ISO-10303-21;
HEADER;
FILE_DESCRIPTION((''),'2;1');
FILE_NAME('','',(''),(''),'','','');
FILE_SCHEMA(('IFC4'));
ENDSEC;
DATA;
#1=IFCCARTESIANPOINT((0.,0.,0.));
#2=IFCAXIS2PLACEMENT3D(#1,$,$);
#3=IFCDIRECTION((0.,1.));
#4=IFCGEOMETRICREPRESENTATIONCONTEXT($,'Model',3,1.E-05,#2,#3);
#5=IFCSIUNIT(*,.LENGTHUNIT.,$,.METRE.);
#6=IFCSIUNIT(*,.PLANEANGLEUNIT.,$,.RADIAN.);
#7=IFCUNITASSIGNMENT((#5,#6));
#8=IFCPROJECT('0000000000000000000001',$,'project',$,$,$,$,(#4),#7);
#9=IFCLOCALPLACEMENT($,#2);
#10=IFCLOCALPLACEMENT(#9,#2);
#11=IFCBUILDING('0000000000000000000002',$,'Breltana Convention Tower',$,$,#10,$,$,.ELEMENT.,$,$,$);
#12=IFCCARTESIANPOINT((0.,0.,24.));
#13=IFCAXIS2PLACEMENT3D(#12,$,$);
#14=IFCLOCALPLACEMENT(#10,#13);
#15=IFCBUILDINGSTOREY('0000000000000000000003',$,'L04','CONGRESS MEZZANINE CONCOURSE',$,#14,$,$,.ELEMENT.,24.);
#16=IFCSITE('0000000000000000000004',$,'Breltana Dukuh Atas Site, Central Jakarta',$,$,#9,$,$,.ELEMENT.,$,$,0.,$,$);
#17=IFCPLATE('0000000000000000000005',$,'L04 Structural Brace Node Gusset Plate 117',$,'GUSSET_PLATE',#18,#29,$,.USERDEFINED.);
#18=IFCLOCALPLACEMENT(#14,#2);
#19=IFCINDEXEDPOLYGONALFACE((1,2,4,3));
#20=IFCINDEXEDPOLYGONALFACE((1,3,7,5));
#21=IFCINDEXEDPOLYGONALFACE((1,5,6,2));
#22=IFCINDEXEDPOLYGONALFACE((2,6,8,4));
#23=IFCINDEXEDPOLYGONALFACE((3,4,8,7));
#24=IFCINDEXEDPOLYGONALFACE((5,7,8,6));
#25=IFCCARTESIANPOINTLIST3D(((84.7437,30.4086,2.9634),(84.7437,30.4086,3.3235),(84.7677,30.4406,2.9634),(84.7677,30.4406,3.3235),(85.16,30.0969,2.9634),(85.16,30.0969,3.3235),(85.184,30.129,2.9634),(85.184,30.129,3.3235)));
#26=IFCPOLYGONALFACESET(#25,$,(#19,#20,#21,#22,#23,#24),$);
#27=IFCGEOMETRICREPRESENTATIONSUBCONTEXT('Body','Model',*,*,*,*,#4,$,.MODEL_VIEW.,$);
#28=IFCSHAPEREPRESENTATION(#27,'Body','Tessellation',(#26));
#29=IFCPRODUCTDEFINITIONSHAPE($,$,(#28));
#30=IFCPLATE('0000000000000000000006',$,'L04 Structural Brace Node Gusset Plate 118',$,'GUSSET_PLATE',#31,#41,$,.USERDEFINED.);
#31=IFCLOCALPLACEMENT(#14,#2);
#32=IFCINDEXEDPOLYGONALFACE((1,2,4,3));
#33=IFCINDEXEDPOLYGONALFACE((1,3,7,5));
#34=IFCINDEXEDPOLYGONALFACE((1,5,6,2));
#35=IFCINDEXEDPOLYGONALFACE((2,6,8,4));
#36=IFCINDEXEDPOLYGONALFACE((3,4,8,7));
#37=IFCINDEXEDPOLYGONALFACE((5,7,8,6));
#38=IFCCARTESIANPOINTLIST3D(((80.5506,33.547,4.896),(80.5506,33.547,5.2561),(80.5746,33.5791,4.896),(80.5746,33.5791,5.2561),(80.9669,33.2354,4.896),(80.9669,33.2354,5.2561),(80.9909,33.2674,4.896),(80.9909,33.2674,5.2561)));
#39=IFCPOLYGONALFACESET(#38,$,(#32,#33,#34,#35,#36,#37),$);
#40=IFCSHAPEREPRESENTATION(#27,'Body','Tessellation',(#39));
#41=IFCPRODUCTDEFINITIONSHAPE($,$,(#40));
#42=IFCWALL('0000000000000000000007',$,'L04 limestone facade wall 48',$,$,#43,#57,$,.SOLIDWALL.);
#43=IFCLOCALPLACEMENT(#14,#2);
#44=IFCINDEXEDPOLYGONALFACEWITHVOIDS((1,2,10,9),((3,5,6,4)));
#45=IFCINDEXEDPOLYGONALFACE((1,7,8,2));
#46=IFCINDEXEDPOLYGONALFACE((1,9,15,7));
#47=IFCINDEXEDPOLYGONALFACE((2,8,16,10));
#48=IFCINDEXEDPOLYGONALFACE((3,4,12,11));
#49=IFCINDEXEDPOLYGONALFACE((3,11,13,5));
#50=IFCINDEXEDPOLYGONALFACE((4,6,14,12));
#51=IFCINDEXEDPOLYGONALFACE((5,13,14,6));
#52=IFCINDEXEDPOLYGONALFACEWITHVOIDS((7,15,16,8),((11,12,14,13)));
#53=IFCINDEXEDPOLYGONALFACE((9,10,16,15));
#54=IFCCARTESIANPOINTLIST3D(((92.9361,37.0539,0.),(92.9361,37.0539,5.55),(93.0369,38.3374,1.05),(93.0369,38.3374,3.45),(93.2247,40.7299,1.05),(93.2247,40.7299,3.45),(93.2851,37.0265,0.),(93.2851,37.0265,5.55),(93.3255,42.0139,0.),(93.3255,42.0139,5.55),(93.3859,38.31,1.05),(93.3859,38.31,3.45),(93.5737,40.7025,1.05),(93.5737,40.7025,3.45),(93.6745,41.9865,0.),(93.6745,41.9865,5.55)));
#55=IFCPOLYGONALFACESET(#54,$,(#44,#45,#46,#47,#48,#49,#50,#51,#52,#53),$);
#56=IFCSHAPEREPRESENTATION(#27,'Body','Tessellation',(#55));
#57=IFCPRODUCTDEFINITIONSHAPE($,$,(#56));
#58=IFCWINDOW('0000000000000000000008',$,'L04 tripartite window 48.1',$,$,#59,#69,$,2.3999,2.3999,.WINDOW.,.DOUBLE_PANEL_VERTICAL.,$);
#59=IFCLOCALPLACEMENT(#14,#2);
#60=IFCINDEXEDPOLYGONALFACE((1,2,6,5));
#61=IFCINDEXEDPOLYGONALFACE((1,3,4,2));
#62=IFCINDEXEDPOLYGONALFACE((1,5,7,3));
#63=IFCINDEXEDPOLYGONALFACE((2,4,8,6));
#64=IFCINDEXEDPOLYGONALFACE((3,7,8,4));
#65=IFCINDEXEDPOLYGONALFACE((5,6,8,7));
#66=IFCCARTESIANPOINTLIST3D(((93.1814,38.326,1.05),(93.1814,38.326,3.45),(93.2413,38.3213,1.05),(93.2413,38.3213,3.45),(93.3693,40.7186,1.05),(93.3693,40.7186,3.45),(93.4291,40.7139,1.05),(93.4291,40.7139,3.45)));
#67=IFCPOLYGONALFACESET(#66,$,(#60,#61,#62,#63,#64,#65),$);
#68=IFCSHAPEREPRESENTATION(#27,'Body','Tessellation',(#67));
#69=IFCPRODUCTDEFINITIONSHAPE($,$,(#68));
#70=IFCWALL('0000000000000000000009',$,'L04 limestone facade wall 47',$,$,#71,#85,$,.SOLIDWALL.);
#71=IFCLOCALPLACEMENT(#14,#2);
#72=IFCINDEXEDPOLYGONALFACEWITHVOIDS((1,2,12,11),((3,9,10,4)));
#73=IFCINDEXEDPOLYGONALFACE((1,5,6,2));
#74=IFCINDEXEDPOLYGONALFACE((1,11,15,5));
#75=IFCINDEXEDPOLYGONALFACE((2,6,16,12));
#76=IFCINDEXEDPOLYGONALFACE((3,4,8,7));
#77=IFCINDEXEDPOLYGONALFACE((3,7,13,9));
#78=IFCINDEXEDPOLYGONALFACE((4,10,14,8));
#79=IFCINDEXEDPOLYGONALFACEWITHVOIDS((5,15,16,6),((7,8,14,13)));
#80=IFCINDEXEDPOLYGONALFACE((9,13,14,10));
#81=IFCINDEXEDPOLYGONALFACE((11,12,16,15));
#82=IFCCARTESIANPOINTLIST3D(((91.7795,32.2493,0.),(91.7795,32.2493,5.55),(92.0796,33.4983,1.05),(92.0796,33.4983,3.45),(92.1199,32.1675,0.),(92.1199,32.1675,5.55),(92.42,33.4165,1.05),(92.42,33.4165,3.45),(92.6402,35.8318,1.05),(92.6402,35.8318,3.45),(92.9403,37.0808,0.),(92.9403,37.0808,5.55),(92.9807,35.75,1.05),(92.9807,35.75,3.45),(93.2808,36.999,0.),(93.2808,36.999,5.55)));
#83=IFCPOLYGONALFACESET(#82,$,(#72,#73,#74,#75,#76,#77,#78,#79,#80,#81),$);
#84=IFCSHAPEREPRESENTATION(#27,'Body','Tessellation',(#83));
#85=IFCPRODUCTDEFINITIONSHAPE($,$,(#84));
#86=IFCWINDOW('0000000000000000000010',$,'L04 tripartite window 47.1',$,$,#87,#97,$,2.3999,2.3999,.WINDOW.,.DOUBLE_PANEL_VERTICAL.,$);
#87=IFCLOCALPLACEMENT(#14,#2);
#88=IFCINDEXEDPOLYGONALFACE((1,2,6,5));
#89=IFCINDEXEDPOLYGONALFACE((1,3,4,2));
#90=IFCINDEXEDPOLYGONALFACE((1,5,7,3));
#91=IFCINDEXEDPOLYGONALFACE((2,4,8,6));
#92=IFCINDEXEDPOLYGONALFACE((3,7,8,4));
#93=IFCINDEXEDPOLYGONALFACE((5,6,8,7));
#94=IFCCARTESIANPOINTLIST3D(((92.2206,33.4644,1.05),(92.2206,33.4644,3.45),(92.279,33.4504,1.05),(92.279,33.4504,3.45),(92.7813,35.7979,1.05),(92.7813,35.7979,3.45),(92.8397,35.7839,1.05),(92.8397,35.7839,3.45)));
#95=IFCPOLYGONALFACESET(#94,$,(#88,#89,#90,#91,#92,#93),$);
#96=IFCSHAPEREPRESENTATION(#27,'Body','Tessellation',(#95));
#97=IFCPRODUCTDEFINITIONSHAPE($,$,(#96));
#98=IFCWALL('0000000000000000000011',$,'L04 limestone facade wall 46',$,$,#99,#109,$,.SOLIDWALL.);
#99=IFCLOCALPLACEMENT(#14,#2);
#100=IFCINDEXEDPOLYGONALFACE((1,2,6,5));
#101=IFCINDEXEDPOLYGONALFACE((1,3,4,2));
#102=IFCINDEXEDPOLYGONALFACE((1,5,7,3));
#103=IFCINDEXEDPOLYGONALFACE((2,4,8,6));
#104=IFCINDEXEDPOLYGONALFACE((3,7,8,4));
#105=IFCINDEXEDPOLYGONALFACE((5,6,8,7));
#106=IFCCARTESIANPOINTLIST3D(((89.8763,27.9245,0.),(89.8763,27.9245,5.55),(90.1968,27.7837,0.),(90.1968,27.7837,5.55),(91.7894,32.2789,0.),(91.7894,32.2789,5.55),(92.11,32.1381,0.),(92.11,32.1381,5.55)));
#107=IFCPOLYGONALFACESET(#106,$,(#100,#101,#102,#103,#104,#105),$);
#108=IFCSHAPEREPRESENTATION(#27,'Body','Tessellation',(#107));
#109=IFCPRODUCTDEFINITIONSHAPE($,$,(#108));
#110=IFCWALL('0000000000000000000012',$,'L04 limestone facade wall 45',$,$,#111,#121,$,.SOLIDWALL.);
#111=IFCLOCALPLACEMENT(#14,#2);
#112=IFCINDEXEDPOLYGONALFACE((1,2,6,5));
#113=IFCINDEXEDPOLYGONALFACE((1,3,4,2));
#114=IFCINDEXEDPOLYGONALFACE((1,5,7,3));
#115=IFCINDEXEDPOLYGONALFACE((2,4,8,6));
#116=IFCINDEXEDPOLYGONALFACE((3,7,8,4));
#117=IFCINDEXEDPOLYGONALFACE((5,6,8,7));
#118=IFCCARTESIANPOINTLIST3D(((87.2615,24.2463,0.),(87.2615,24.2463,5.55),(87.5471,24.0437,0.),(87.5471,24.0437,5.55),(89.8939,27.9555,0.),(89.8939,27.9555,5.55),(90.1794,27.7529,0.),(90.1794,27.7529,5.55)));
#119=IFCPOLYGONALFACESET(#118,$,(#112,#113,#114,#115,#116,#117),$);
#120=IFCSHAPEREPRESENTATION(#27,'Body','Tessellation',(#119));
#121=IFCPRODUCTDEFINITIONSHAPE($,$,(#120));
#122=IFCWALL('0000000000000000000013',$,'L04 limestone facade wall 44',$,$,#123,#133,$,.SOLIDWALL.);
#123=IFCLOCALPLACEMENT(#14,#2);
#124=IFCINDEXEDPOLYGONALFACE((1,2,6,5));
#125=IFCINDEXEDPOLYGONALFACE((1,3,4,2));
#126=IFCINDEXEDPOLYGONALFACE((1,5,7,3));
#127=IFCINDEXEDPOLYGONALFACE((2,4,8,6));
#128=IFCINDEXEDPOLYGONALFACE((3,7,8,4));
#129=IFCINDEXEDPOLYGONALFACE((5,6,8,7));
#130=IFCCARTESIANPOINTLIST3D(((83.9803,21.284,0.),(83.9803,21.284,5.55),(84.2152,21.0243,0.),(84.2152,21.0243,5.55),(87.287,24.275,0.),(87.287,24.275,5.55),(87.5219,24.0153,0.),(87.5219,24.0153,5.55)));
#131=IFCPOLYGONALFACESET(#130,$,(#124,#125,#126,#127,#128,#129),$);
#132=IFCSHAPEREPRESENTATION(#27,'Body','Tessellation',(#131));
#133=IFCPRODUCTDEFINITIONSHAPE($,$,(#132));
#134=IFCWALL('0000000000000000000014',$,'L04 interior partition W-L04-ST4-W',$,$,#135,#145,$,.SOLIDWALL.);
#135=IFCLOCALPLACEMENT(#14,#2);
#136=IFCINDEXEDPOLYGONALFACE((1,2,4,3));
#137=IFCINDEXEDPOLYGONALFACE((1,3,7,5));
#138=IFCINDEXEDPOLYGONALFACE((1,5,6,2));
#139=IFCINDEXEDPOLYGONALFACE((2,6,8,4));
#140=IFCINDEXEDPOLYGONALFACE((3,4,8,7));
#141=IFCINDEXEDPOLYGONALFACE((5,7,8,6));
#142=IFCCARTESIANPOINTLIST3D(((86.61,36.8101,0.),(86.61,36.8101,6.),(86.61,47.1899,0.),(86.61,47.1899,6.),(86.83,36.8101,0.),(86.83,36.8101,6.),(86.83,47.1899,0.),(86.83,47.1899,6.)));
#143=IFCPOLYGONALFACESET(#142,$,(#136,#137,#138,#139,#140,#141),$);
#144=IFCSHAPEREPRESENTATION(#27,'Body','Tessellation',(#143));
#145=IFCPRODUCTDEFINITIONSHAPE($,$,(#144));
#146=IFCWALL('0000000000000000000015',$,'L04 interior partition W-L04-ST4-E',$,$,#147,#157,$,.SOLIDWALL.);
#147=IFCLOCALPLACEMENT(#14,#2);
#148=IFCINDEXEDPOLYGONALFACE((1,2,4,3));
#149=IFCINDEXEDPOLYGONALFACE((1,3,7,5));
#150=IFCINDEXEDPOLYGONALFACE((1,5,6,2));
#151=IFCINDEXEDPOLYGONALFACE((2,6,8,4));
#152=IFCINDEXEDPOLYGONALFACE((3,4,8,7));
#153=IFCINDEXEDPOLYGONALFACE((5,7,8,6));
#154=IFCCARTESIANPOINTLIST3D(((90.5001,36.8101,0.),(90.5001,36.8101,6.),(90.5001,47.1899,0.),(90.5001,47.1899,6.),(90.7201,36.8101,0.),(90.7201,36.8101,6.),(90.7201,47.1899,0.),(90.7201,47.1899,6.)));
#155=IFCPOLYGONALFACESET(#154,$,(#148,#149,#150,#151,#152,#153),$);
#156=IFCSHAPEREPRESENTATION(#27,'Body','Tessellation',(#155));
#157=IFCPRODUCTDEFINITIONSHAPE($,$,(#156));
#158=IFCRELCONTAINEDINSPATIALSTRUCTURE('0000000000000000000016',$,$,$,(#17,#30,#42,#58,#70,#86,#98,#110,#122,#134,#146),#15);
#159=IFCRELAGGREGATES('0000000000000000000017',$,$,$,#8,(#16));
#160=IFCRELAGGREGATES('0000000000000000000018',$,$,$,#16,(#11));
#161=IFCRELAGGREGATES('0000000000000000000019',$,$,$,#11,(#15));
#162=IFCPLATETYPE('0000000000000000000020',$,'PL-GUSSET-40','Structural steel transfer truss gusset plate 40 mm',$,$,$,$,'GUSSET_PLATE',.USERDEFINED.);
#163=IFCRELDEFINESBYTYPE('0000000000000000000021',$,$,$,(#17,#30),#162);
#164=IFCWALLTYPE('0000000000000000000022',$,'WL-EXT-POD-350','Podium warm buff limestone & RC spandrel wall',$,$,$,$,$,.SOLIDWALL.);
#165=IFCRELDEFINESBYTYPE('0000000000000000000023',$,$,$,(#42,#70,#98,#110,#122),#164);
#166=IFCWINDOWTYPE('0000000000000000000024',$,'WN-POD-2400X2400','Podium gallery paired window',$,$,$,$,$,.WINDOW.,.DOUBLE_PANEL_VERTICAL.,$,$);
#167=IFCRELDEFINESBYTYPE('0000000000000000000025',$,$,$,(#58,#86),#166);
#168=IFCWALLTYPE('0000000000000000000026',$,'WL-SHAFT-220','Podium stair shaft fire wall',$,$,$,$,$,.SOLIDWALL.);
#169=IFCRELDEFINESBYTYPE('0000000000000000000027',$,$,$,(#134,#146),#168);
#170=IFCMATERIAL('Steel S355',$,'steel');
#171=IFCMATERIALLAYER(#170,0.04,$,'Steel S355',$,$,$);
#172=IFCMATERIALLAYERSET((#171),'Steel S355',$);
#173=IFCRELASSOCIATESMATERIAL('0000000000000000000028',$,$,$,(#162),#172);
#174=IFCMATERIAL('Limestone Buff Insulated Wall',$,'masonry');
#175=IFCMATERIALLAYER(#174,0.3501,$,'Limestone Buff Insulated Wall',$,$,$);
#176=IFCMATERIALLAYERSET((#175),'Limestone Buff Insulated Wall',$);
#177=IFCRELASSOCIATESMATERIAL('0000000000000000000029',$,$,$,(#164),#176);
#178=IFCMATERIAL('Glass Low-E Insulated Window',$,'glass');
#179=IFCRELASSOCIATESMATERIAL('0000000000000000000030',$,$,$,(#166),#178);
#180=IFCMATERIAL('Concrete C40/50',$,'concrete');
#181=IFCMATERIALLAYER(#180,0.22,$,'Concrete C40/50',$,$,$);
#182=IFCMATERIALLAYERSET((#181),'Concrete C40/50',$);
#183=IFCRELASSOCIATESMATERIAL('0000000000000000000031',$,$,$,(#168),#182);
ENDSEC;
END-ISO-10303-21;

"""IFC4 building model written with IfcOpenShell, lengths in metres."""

from ifc_helpers import new_model, si_unit, direction, frame, frame_2d, origin, origin_2d, place, context, subcontext, project, spatial, rectangle, extrude, source, transform, mapped, material, layer, layer_set, type_object, type_shapes, element, fill, save


model = new_model("IFC4")

# Units and contexts
model_context = context("Model", 3, precision=1e-05, world=origin(), true_north=direction((0.0, 1.0)))
body_context = subcontext(model_context, "Body", "Model", "MODEL_VIEW")
ifc_project = project(units=[si_unit("LENGTHUNIT", "METRE"), si_unit("PLANEANGLEUNIT", "RADIAN")], contexts=[model_context])

# Site, building, storey
site_placement = place(None, origin())
site = spatial("IfcSite", under=ifc_project, at=site_placement, Name="Breltana Dukuh Atas Site, Central Jakarta", CompositionType="ELEMENT", RefElevation=0.0)
building_placement = place(site_placement, origin())
building = spatial("IfcBuilding", under=site, at=building_placement, Name="Breltana Convention Tower", CompositionType="ELEMENT")
storey_placement = place(building_placement, frame((0.0, 0.0, 24.0)))
storey = spatial("IfcBuildingStorey", under=building, at=storey_placement, Name="L04", Description="CONGRESS MEZZANINE CONCOURSE", CompositionType="ELEMENT", Elevation=24.0)

# Plates
ifc_material_1 = material(Name="Steel S355", Category="steel")
ifc_layer_1 = layer(ifc_material_1, 0.04, Name="Steel S355")
ifc_layer_set_1 = layer_set([ifc_layer_1], Name="Steel S355")
plate_type = type_object("IfcPlateType", Name="PL-GUSSET-40", Description="Structural steel transfer truss gusset plate 40 mm", ElementType="GUSSET_PLATE", PredefinedType="USERDEFINED", material=ifc_layer_set_1)
shared_shape_1 = source(origin(), body_context, "Body", "SweptSolid", [
    extrude(rectangle(XDim=0.52, YDim=0.04, at=origin_2d()), origin(), (0.0, 0.0, 1.0), 0.3601),
])
for number, where, z_axis, x_axis, name in (
    (1, (84.9639, 30.2688, 2.9634), (0.0, 0.0, 1.0), (-0.800522, 0.599303, 0.0), "L04 Structural Brace Node Gusset Plate 117"),
    (2, (80.7708, 33.4072, 4.896), (0.0, 0.0, 1.0), (-0.800522, 0.599303, 0.0), "L04 Structural Brace Node Gusset Plate 118"),
):
    element("IfcPlate", number, at=place(storey_placement, frame(where, z_axis=z_axis, x_axis=x_axis)), inside=storey, type_object=plate_type, Name=name, ObjectType="GUSSET_PLATE", PredefinedType="USERDEFINED", context=body_context, shape_type="MappedRepresentation", body=[
        mapped(shared_shape_1, transform((0.0, 0.0, 0.0), scale=1.0)),
    ])

# Walls, openings, windows
ifc_material_2 = material(Name="Limestone Buff Insulated Wall", Category="masonry")
ifc_layer_2 = layer(ifc_material_2, 0.3501, Name="Limestone Buff Insulated Wall")
ifc_layer_set_2 = layer_set([ifc_layer_2], Name="Limestone Buff Insulated Wall")
wall_type_1 = type_object("IfcWallType", Name="WL-EXT-POD-350", Description="Podium warm buff limestone & RC spandrel wall", PredefinedType="SOLIDWALL", material=ifc_layer_set_2)
shared_shape_2 = source(origin(), body_context, "Body", "SweptSolid", [
    extrude(rectangle(XDim=4.9753, YDim=0.3501, at=frame_2d((2.4878, 0.0))), origin(), (0.0, 0.0, 1.0), 5.55),
])
wall_1_placement = place(storey_placement, frame((93.1106, 37.04, 0.0), z_axis=(0.0, 0.0, 1.0), x_axis=(0.078269, 0.996932, 0.0)))
wall_1 = element("IfcWall", 3, at=wall_1_placement, inside=storey, type_object=wall_type_1, Name="L04 limestone facade wall 48", PredefinedType="SOLIDWALL", context=body_context, shape_type="MappedRepresentation", body=[
    mapped(shared_shape_2, transform((0.0, 0.0, 0.0), scale=1.0)),
])
opening_1_placement = place(wall_1_placement, frame((1.2876, 0.0, 1.05)))
opening_1 = element("IfcOpeningElement", 4, at=opening_1_placement, cuts=wall_1, PredefinedType="OPENING", context=body_context, shape_type="SweptSolid", body=[
    extrude(rectangle(XDim=2.3999, YDim=2.3999, at=frame_2d((1.2, 1.2))), frame((0.0, 0.1851, 0.0), z_axis=(0.0, -1.0, 0.0), x_axis=(1.0, 0.0, 0.0)), (0.0, 0.0, 1.0), 0.3701),
])
ifc_material_3 = material(Name="Glass Low-E Insulated Window", Category="glass")
window_type = type_object("IfcWindowType", Name="WN-POD-2400X2400", Description="Podium gallery paired window", PartitioningType="DOUBLE_PANEL_VERTICAL", PredefinedType="WINDOW", material=ifc_material_3)
shared_shape_3 = source(origin(), body_context, "Body", "SweptSolid", [
    extrude(rectangle(XDim=2.3999, YDim=2.3999, at=frame_2d((1.2, 1.2))), frame((0.0, 0.03, 0.0), z_axis=(0.0, -1.0, 0.0), x_axis=(1.0, 0.0, 0.0)), (0.0, 0.0, 1.0), 0.0601),
])
type_shapes(window_type, [shared_shape_3])
window_1_placement = place(opening_1_placement, origin())
window_1 = element("IfcWindow", 5, at=window_1_placement, inside=storey, type_object=window_type, Name="L04 tripartite window 48.1", OverallHeight=2.3999, OverallWidth=2.3999, PartitioningType="DOUBLE_PANEL_VERTICAL", PredefinedType="WINDOW", context=body_context, shape_type="MappedRepresentation", body=[
    mapped(shared_shape_3, transform((0.0, 0.0, 0.0), scale=1.0)),
])
fill(opening_1, window_1)
shared_shape_4 = source(origin(), body_context, "Body", "SweptSolid", [
    extrude(rectangle(XDim=4.969, YDim=0.3501, at=frame_2d((2.4844, 0.0))), origin(), (0.0, 0.0, 1.0), 5.55),
])
wall_2_placement = place(storey_placement, frame((91.9497, 32.2085, 0.0), z_axis=(0.0, 0.0, 1.0), x_axis=(0.233624, 0.972327, 0.0)))
wall_2 = element("IfcWall", 6, at=wall_2_placement, inside=storey, type_object=wall_type_1, Name="L04 limestone facade wall 47", PredefinedType="SOLIDWALL", context=body_context, shape_type="MappedRepresentation", body=[
    mapped(shared_shape_4, transform((0.0, 0.0, 0.0), scale=1.0)),
])
opening_2_placement = place(wall_2_placement, frame((1.2844, 0.0, 1.05)))
opening_2 = element("IfcOpeningElement", 7, at=opening_2_placement, cuts=wall_2, PredefinedType="OPENING", context=body_context, shape_type="SweptSolid", body=[
    extrude(rectangle(XDim=2.3999, YDim=2.3999, at=frame_2d((1.2, 1.2))), frame((0.0, 0.1851, 0.0), z_axis=(0.0, -1.0, 0.0), x_axis=(1.0, 0.0, 0.0)), (0.0, 0.0, 1.0), 0.3701),
])
window_2_placement = place(opening_2_placement, origin())
window_2 = element("IfcWindow", 8, at=window_2_placement, inside=storey, type_object=window_type, Name="L04 tripartite window 47.1", OverallHeight=2.3999, OverallWidth=2.3999, PartitioningType="DOUBLE_PANEL_VERTICAL", PredefinedType="WINDOW", context=body_context, shape_type="MappedRepresentation", body=[
    mapped(shared_shape_3, transform((0.0, 0.0, 0.0), scale=1.0)),
])
fill(opening_2, window_2)

# Walls
shared_shape_5 = source(origin(), body_context, "Body", "SweptSolid", [
    extrude(rectangle(XDim=4.7561, YDim=0.3501, at=frame_2d((2.3779, 0.0))), origin(), (0.0, 0.0, 1.0), 5.55),
])
wall_3_placement = place(storey_placement, frame((90.0366, 27.8542, 0.0), z_axis=(0.0, 0.0, 1.0), x_axis=(0.402248, 0.915531, 0.0)))
element("IfcWall", 9, at=wall_3_placement, inside=storey, type_object=wall_type_1, Name="L04 limestone facade wall 46", PredefinedType="SOLIDWALL", context=body_context, shape_type="MappedRepresentation", body=[
    mapped(shared_shape_5, transform((0.0, 0.0, 0.0), scale=1.0)),
])
shared_shape_6 = source(origin(), body_context, "Body", "SweptSolid", [
    extrude(rectangle(XDim=4.5483, YDim=0.3501, at=frame_2d((2.2742, 0.0))), origin(), (0.0, 0.0, 1.0), 5.55),
])
wall_4_placement = place(storey_placement, frame((87.4043, 24.145, 0.0), z_axis=(0.0, 0.0, 1.0), x_axis=(0.578742, 0.81551, 0.0)))
element("IfcWall", 10, at=wall_4_placement, inside=storey, type_object=wall_type_1, Name="L04 limestone facade wall 45", PredefinedType="SOLIDWALL", context=body_context, shape_type="MappedRepresentation", body=[
    mapped(shared_shape_6, transform((0.0, 0.0, 0.0), scale=1.0)),
])
shared_shape_7 = source(origin(), body_context, "Body", "SweptSolid", [
    extrude(rectangle(XDim=4.4587, YDim=0.3501, at=frame_2d((2.2295, 0.0))), origin(), (0.0, 0.0, 1.0), 5.55),
])
wall_5_placement = place(storey_placement, frame((84.0977, 21.1541, 0.0), z_axis=(0.0, 0.0, 1.0), x_axis=(0.74162, 0.67082, 0.0)))
element("IfcWall", 11, at=wall_5_placement, inside=storey, type_object=wall_type_1, Name="L04 limestone facade wall 44", PredefinedType="SOLIDWALL", context=body_context, shape_type="MappedRepresentation", body=[
    mapped(shared_shape_7, transform((0.0, 0.0, 0.0), scale=1.0)),
])

# Shared definitions
ifc_material_4 = material(Name="Concrete C40/50", Category="concrete")
ifc_layer_3 = layer(ifc_material_4, 0.22, Name="Concrete C40/50")
ifc_layer_set_3 = layer_set([ifc_layer_3], Name="Concrete C40/50")
wall_type_2 = type_object("IfcWallType", Name="WL-SHAFT-220", Description="Podium stair shaft fire wall", PredefinedType="SOLIDWALL", material=ifc_layer_set_3)

# Walls
shared_shape_8 = source(origin(), body_context, "Body", "SweptSolid", [
    extrude(rectangle(XDim=10.3799, YDim=0.22, at=frame_2d((5.1899, 0.0))), origin(), (0.0, 0.0, 1.0), 6.0),
])
for number, where, z_axis, x_axis, name in (
    (12, (86.72, 36.8101, 0.0), (0.0, 0.0, 1.0), (0.0, 1.0, 0.0), "L04 interior partition W-L04-ST4-W"),
    (13, (90.6101, 36.8101, 0.0), (0.0, 0.0, 1.0), (0.0, 1.0, 0.0), "L04 interior partition W-L04-ST4-E"),
):
    element("IfcWall", number, at=place(storey_placement, frame(where, z_axis=z_axis, x_axis=x_axis)), inside=storey, type_object=wall_type_2, Name=name, PredefinedType="SOLIDWALL", context=body_context, shape_type="MappedRepresentation", body=[
        mapped(shared_shape_8, transform((0.0, 0.0, 0.0), scale=1.0)),
    ])

save(model, "model.ifc")
